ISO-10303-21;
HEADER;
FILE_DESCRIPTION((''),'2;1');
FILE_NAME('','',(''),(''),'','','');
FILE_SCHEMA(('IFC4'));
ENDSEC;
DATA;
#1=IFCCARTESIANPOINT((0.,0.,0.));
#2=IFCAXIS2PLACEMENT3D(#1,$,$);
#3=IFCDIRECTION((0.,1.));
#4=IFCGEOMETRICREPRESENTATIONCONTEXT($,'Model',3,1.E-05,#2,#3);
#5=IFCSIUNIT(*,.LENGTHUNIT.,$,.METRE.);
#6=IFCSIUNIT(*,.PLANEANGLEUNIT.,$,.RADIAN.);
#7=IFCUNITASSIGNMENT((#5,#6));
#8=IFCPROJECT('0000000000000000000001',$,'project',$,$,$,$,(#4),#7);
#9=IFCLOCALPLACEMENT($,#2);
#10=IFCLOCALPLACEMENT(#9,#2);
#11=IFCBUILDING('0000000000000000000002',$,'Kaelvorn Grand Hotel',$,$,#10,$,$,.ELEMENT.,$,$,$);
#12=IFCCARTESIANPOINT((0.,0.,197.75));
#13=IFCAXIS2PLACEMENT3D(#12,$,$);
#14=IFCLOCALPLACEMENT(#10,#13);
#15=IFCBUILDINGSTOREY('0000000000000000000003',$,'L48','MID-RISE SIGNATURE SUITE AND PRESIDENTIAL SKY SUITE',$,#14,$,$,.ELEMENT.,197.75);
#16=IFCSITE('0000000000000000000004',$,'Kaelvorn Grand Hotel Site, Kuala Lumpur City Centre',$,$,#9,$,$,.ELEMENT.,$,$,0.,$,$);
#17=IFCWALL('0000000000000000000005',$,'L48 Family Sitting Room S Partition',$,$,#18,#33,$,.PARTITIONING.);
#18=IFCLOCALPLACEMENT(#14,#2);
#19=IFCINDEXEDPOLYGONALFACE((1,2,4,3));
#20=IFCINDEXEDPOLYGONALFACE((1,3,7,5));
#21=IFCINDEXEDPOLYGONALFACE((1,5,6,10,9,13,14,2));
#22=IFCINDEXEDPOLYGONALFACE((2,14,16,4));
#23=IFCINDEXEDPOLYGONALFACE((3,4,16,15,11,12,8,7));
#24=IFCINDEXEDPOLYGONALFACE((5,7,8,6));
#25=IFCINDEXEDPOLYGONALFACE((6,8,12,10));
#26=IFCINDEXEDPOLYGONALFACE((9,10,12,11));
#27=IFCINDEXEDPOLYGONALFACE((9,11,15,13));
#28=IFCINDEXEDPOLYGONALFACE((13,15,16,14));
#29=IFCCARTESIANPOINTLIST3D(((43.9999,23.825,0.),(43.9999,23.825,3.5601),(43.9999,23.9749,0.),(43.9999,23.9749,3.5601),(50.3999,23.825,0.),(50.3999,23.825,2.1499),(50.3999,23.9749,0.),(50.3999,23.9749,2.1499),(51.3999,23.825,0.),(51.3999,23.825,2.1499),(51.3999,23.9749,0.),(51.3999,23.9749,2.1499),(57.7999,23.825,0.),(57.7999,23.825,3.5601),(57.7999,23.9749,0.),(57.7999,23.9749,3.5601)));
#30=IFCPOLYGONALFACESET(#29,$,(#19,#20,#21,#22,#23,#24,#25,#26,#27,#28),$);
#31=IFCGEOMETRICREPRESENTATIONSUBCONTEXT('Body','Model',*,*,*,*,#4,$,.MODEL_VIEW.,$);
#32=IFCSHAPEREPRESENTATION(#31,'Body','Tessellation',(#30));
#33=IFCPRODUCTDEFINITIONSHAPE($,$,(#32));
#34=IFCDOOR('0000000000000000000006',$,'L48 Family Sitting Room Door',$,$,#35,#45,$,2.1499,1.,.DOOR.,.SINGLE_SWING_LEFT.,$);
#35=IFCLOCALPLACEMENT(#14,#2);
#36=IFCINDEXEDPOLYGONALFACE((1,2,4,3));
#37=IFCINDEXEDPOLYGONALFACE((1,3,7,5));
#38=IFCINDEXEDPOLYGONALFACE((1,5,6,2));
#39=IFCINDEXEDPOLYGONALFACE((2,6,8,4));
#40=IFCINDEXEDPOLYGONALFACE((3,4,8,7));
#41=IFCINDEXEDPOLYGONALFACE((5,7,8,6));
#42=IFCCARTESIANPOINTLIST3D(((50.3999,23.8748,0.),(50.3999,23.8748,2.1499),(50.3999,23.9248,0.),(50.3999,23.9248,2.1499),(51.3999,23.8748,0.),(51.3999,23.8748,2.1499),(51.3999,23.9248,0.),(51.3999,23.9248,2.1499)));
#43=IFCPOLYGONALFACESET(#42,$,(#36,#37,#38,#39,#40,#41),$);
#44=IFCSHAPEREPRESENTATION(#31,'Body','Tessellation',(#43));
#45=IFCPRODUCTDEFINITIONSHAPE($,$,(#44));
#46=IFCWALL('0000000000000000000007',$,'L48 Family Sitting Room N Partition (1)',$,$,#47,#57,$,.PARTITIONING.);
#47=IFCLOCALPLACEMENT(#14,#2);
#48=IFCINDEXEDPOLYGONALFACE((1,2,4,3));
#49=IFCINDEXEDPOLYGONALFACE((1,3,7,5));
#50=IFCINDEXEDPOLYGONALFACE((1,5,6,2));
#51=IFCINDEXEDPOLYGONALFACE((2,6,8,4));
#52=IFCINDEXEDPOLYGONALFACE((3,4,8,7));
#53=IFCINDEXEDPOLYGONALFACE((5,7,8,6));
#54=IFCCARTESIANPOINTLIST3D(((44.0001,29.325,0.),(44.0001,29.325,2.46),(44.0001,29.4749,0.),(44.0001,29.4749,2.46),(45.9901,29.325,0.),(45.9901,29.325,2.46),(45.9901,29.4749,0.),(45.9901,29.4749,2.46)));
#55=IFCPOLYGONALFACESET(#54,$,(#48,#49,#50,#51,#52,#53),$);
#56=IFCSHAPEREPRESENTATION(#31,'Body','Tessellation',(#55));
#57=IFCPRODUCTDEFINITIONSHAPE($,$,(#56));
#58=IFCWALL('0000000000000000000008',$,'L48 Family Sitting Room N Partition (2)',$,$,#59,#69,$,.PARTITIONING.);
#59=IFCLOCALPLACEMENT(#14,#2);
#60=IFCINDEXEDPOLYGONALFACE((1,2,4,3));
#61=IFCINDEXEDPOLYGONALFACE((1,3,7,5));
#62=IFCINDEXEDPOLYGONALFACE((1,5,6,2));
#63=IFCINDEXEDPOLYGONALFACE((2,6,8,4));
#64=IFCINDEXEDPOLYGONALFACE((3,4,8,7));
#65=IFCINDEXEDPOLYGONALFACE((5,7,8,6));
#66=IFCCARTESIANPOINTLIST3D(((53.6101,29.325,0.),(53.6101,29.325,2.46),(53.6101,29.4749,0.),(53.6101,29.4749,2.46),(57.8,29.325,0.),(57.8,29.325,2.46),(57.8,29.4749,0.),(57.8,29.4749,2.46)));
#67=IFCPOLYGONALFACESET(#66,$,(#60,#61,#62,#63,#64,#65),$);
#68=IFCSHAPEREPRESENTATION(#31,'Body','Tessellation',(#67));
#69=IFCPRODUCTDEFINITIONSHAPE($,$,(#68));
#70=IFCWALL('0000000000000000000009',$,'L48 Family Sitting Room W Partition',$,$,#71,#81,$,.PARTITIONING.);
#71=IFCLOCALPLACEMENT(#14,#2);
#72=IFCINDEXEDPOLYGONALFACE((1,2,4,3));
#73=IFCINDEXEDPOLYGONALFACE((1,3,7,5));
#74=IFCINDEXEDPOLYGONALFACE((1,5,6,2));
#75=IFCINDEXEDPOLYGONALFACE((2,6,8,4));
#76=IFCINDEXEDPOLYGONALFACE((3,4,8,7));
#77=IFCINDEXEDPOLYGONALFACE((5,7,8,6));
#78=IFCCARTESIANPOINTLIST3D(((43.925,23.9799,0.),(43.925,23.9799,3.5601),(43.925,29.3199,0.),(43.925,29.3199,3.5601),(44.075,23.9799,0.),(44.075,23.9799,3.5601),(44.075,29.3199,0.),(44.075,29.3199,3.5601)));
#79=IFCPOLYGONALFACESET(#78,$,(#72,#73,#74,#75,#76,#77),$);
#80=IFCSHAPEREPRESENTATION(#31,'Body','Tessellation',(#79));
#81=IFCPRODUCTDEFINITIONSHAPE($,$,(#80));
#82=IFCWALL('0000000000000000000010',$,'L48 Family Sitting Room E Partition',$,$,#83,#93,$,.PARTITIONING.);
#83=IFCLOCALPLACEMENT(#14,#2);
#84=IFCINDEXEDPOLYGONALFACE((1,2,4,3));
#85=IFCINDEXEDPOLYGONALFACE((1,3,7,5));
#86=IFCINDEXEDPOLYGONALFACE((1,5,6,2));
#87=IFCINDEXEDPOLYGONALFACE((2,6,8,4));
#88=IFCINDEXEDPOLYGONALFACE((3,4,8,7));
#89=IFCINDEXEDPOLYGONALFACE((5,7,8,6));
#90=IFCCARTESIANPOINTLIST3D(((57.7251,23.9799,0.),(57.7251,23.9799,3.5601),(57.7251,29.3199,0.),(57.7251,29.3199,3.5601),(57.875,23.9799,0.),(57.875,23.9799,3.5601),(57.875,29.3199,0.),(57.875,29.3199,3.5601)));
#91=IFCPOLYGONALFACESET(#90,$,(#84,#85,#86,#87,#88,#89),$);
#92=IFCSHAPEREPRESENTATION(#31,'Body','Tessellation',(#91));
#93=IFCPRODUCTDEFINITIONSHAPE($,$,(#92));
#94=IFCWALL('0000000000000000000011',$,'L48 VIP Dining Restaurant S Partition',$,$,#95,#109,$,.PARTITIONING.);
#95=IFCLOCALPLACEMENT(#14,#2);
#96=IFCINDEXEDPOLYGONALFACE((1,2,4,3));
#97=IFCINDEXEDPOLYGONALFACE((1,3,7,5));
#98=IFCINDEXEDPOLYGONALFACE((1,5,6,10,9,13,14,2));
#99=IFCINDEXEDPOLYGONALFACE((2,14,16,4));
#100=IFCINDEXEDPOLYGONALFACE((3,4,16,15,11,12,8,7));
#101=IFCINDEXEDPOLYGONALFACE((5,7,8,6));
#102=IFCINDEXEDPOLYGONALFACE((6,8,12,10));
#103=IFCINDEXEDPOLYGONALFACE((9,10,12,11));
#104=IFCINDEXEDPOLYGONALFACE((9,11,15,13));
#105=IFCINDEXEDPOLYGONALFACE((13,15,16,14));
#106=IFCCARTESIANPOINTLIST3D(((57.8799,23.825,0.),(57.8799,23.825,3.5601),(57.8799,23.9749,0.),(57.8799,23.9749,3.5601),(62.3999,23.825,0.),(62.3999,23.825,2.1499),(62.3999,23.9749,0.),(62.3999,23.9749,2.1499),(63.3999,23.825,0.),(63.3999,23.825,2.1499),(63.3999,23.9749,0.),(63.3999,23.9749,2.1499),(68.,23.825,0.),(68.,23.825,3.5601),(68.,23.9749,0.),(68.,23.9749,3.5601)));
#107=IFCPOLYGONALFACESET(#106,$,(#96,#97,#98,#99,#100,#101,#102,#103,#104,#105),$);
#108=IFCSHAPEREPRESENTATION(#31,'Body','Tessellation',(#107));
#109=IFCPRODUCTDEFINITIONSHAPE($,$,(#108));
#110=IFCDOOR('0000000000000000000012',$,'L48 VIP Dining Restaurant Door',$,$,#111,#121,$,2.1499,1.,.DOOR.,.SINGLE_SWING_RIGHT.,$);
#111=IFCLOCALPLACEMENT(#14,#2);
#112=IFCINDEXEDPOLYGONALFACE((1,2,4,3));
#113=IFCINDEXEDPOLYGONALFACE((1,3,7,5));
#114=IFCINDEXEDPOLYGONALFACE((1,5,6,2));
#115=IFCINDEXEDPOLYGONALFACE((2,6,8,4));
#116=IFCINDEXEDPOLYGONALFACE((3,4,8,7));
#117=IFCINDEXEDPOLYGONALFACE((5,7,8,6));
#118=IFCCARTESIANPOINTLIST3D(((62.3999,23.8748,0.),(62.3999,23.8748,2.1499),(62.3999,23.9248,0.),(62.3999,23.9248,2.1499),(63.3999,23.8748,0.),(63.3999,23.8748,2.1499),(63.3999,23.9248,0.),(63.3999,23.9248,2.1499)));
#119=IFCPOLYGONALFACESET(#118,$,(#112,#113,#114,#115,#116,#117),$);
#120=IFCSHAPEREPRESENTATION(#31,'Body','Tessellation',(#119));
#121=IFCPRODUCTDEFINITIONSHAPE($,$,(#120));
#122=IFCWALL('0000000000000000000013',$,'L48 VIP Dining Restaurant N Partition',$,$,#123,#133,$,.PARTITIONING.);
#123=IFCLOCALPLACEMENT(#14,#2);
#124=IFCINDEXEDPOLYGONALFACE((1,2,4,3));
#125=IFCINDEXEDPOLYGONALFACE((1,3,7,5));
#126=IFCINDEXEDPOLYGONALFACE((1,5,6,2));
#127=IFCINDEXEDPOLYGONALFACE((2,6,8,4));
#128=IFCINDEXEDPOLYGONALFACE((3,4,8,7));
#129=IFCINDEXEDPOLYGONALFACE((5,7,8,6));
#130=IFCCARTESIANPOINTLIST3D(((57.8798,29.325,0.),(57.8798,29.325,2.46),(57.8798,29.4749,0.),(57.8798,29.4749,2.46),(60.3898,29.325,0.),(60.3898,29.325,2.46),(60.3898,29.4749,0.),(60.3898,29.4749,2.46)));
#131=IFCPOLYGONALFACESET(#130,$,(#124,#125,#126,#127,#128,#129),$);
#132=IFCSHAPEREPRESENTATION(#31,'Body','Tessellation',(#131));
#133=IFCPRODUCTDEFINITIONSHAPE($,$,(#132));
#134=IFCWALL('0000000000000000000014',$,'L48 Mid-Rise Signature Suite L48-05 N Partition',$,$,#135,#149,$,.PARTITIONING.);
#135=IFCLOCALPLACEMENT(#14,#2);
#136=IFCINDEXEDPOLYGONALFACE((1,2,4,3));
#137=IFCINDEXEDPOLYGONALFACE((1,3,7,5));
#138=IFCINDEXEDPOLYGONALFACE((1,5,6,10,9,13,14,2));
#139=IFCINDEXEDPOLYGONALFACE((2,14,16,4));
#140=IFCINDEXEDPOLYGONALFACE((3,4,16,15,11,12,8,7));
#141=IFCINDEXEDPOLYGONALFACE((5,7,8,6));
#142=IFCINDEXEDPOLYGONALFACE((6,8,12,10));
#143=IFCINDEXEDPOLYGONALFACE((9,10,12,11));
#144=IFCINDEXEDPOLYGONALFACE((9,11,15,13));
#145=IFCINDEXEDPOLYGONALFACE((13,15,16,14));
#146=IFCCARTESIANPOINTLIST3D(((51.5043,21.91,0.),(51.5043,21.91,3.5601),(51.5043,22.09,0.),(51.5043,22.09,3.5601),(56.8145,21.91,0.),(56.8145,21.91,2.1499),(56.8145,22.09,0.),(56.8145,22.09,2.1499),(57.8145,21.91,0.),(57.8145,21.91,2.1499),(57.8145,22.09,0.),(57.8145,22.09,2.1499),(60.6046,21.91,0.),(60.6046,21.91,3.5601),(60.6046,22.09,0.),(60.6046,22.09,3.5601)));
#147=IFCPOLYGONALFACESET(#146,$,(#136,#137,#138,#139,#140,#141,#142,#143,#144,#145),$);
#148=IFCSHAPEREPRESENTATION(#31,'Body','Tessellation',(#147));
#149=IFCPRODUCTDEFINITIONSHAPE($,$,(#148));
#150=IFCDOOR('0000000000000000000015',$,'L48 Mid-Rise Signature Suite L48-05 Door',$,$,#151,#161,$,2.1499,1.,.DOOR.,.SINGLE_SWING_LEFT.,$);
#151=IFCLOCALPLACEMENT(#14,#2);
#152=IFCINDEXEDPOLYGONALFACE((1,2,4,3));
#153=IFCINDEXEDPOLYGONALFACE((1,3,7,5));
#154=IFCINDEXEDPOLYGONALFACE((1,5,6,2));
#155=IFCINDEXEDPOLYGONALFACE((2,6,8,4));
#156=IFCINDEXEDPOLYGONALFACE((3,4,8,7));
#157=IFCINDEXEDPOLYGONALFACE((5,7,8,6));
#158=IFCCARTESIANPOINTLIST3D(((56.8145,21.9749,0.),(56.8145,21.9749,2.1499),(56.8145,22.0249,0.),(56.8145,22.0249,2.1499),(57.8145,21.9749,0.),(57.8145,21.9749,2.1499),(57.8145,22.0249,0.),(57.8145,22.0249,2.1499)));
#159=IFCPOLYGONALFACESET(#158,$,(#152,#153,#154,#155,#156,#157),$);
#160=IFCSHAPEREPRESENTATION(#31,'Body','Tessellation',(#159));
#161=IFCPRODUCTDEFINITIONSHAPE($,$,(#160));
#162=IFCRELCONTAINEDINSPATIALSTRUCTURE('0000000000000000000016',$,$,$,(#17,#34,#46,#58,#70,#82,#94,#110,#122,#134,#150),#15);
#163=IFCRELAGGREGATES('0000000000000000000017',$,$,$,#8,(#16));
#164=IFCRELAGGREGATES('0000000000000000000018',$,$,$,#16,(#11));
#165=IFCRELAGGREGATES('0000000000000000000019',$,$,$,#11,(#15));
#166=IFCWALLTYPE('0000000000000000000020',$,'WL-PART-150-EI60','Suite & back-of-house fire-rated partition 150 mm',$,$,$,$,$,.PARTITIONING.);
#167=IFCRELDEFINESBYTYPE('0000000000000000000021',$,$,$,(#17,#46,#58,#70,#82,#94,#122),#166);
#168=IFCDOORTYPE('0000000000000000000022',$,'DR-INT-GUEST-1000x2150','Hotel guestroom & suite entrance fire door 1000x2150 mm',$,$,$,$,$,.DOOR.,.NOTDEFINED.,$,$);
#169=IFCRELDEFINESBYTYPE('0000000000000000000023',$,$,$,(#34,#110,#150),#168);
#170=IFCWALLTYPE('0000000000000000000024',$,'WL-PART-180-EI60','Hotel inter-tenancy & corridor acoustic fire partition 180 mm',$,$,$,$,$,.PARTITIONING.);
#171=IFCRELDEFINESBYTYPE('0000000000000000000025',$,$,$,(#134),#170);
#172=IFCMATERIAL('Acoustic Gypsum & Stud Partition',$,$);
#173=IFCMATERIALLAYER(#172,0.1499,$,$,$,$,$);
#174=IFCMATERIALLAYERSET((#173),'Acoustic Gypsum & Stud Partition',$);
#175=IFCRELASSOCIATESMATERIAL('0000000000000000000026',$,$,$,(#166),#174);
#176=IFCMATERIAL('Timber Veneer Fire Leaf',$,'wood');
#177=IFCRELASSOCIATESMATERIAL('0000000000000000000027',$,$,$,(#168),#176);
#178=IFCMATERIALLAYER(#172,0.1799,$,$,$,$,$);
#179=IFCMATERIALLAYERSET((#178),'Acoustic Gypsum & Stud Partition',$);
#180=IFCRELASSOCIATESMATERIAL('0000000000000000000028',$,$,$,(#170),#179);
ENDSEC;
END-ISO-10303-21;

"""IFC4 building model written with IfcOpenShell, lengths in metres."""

from ifc_helpers import new_model, si_unit, direction, frame, frame_2d, origin, place, context, subcontext, project, spatial, rectangle, extrude, material, layer, layer_set, type_object, element, fill, save


model = new_model("IFC4")

# Units and contexts
model_context = context("Model", 3, precision=1e-05, world=origin(), true_north=direction((0.0, 1.0)))
body_context = subcontext(model_context, "Body", "Model", "MODEL_VIEW")
ifc_project = project(units=[si_unit("LENGTHUNIT", "METRE"), si_unit("PLANEANGLEUNIT", "RADIAN")], contexts=[model_context])

# Site, building, storey
site_placement = place(None, origin())
site = spatial("IfcSite", under=ifc_project, at=site_placement, Name="Kaelvorn Grand Hotel Site, Kuala Lumpur City Centre", CompositionType="ELEMENT", RefElevation=0.0)
building_placement = place(site_placement, origin())
building = spatial("IfcBuilding", under=site, at=building_placement, Name="Kaelvorn Grand Hotel", CompositionType="ELEMENT")
storey_placement = place(building_placement, frame((0.0, 0.0, 197.75)))
storey = spatial("IfcBuildingStorey", under=building, at=storey_placement, Name="L48", Description="MID-RISE SIGNATURE SUITE AND PRESIDENTIAL SKY SUITE", CompositionType="ELEMENT", Elevation=197.75)

# Wall, opening, door
ifc_material_1 = material(Name="Acoustic Gypsum & Stud Partition")
ifc_layer_1 = layer(ifc_material_1, 0.1499)
ifc_layer_set_1 = layer_set([ifc_layer_1], Name="Acoustic Gypsum & Stud Partition")
wall_type_1 = type_object("IfcWallType", Name="WL-PART-150-EI60", Description="Suite & back-of-house fire-rated partition 150 mm", PredefinedType="PARTITIONING", material=ifc_layer_set_1)
wall_1_placement = place(storey_placement, frame((44.0, 23.8999, 0.0), z_axis=(0.0, 0.0, 1.0), x_axis=(1.0, 0.0, 0.0)))
wall_1 = element("IfcWall", 1, at=wall_1_placement, inside=storey, type_object=wall_type_1, Name="L48 Family Sitting Room S Partition", PredefinedType="PARTITIONING", context=body_context, shape_type="SweptSolid", body=[
    extrude(rectangle(XDim=13.8, YDim=0.1499, at=frame_2d((6.8999, 0.0))), origin(), (0.0, 0.0, 1.0), 3.5601),
])
opening_1_placement = place(wall_1_placement, frame((6.3999, 0.0, 0.0)))
opening_1 = element("IfcOpeningElement", 2, at=opening_1_placement, cuts=wall_1, PredefinedType="OPENING", context=body_context, shape_type="SweptSolid", body=[
    extrude(rectangle(XDim=1.0, YDim=2.1499, at=frame_2d((0.5, 1.075))), frame((0.0, 0.085, 0.0), z_axis=(0.0, -1.0, 0.0), x_axis=(1.0, 0.0, 0.0)), (0.0, 0.0, 1.0), 0.1699),
])
ifc_material_2 = material(Name="Timber Veneer Fire Leaf", Category="wood")
door_type_1 = type_object("IfcDoorType", Name="DR-INT-GUEST-1000x2150", Description="Hotel guestroom & suite entrance fire door 1000x2150 mm", OperationType="NOTDEFINED", PredefinedType="DOOR", material=ifc_material_2)
door_1_placement = place(opening_1_placement, origin())
door_1 = element("IfcDoor", 3, at=door_1_placement, inside=storey, type_object=door_type_1, Name="L48 Family Sitting Room Door", OperationType="SINGLE_SWING_LEFT", OverallHeight=2.1499, OverallWidth=1.0, PredefinedType="DOOR", context=body_context, shape_type="SweptSolid", body=[
    extrude(rectangle(XDim=1.0, YDim=2.1499, at=frame_2d((0.5, 1.075))), frame((0.0, 0.0249, 0.0), z_axis=(0.0, -1.0, 0.0), x_axis=(1.0, 0.0, 0.0)), (0.0, 0.0, 1.0), 0.05),
])
fill(opening_1, door_1)

# Walls
wall_2_placement = place(storey_placement, frame((44.0, 29.3999, 0.0), z_axis=(0.0, 0.0, 1.0), x_axis=(1.0, 0.0, 0.0)))
element("IfcWall", 4, at=wall_2_placement, inside=storey, type_object=wall_type_1, Name="L48 Family Sitting Room N Partition (1)", PredefinedType="PARTITIONING", context=body_context, shape_type="SweptSolid", body=[
    extrude(rectangle(XDim=1.99, YDim=0.1499, at=frame_2d((0.9951, 0.0))), origin(), (0.0, 0.0, 1.0), 2.46),
])
wall_3_placement = place(storey_placement, frame((53.6101, 29.3999, 0.0), z_axis=(0.0, 0.0, 1.0), x_axis=(1.0, 0.0, 0.0)))
element("IfcWall", 5, at=wall_3_placement, inside=storey, type_object=wall_type_1, Name="L48 Family Sitting Room N Partition (2)", PredefinedType="PARTITIONING", context=body_context, shape_type="SweptSolid", body=[
    extrude(rectangle(XDim=4.1899, YDim=0.1499, at=frame_2d((2.095, 0.0))), origin(), (0.0, 0.0, 1.0), 2.46),
])
for number, where, z_axis, x_axis, name in (
    (6, (44.0, 23.98, 0.0), (0.0, 0.0, 1.0), (0.0, 1.0, 0.0), "L48 Family Sitting Room W Partition"),
    (7, (57.8, 23.98, 0.0), (0.0, 0.0, 1.0), (0.0, 1.0, 0.0), "L48 Family Sitting Room E Partition"),
):
    element("IfcWall", number, at=place(storey_placement, frame(where, z_axis=z_axis, x_axis=x_axis)), inside=storey, type_object=wall_type_1, Name=name, PredefinedType="PARTITIONING", context=body_context, shape_type="SweptSolid", body=[
        extrude(rectangle(XDim=5.3401, YDim=0.1499, at=frame_2d((2.6699, 0.0))), origin(), (0.0, 0.0, 1.0), 3.5601),
    ])

# Wall, opening, door
wall_4_placement = place(storey_placement, frame((57.8799, 23.8999, 0.0), z_axis=(0.0, 0.0, 1.0), x_axis=(1.0, 0.0, 0.0)))
wall_4 = element("IfcWall", 8, at=wall_4_placement, inside=storey, type_object=wall_type_1, Name="L48 VIP Dining Restaurant S Partition", PredefinedType="PARTITIONING", context=body_context, shape_type="SweptSolid", body=[
    extrude(rectangle(XDim=10.1201, YDim=0.1499, at=frame_2d((5.0601, 0.0))), origin(), (0.0, 0.0, 1.0), 3.5601),
])
opening_2_placement = place(wall_4_placement, frame((4.52, 0.0, 0.0)))
opening_2 = element("IfcOpeningElement", 9, at=opening_2_placement, cuts=wall_4, PredefinedType="OPENING", context=body_context, shape_type="SweptSolid", body=[
    extrude(rectangle(XDim=1.0, YDim=2.1499, at=frame_2d((0.5, 1.075))), frame((0.0, 0.085, 0.0), z_axis=(0.0, -1.0, 0.0), x_axis=(1.0, 0.0, 0.0)), (0.0, 0.0, 1.0), 0.1699),
])
door_2_placement = place(opening_2_placement, origin())
door_2 = element("IfcDoor", 10, at=door_2_placement, inside=storey, type_object=door_type_1, Name="L48 VIP Dining Restaurant Door", OperationType="SINGLE_SWING_RIGHT", OverallHeight=2.1499, OverallWidth=1.0, PredefinedType="DOOR", context=body_context, shape_type="SweptSolid", body=[
    extrude(rectangle(XDim=1.0, YDim=2.1499, at=frame_2d((0.5, 1.075))), frame((0.0, 0.0249, 0.0), z_axis=(0.0, -1.0, 0.0), x_axis=(1.0, 0.0, 0.0)), (0.0, 0.0, 1.0), 0.05),
])
fill(opening_2, door_2)

# Wall
wall_5_placement = place(storey_placement, frame((57.8799, 29.3999, 0.0), z_axis=(0.0, 0.0, 1.0), x_axis=(1.0, 0.0, 0.0)))
element("IfcWall", 11, at=wall_5_placement, inside=storey, type_object=wall_type_1, Name="L48 VIP Dining Restaurant N Partition", PredefinedType="PARTITIONING", context=body_context, shape_type="SweptSolid", body=[
    extrude(rectangle(XDim=2.51, YDim=0.1499, at=frame_2d((1.2549, 0.0))), origin(), (0.0, 0.0, 1.0), 2.46),
])

# Wall, opening, door
ifc_layer_2 = layer(ifc_material_1, 0.1799)
ifc_layer_set_2 = layer_set([ifc_layer_2], Name="Acoustic Gypsum & Stud Partition")
wall_type_2 = type_object("IfcWallType", Name="WL-PART-180-EI60", Description="Hotel inter-tenancy & corridor acoustic fire partition 180 mm", PredefinedType="PARTITIONING", material=ifc_layer_set_2)
wall_6_placement = place(storey_placement, frame((51.5042, 22.0, 0.0), z_axis=(0.0, 0.0, 1.0), x_axis=(1.0, 0.0, 0.0)))
wall_6 = element("IfcWall", 12, at=wall_6_placement, inside=storey, type_object=wall_type_2, Name="L48 Mid-Rise Signature Suite L48-05 N Partition", PredefinedType="PARTITIONING", context=body_context, shape_type="SweptSolid", body=[
    extrude(rectangle(XDim=9.1003, YDim=0.1799, at=frame_2d((4.5503, 0.0))), origin(), (0.0, 0.0, 1.0), 3.5601),
])
opening_3_placement = place(wall_6_placement, frame((5.3103, 0.0, 0.0)))
opening_3 = element("IfcOpeningElement", 13, at=opening_3_placement, cuts=wall_6, PredefinedType="OPENING", context=body_context, shape_type="SweptSolid", body=[
    extrude(rectangle(XDim=1.0, YDim=2.1499, at=frame_2d((0.5, 1.075))), frame((0.0, 0.1001, 0.0), z_axis=(0.0, -1.0, 0.0), x_axis=(1.0, 0.0, 0.0)), (0.0, 0.0, 1.0), 0.2),
])
door_3_placement = place(opening_3_placement, origin())
door_3 = element("IfcDoor", 14, at=door_3_placement, inside=storey, type_object=door_type_1, Name="L48 Mid-Rise Signature Suite L48-05 Door", OperationType="SINGLE_SWING_LEFT", OverallHeight=2.1499, OverallWidth=1.0, PredefinedType="DOOR", context=body_context, shape_type="SweptSolid", body=[
    extrude(rectangle(XDim=1.0, YDim=2.1499, at=frame_2d((0.5, 1.075))), frame((0.0, 0.0249, 0.0), z_axis=(0.0, -1.0, 0.0), x_axis=(1.0, 0.0, 0.0)), (0.0, 0.0, 1.0), 0.05),
])
fill(opening_3, door_3)

save(model, "model.ifc")
